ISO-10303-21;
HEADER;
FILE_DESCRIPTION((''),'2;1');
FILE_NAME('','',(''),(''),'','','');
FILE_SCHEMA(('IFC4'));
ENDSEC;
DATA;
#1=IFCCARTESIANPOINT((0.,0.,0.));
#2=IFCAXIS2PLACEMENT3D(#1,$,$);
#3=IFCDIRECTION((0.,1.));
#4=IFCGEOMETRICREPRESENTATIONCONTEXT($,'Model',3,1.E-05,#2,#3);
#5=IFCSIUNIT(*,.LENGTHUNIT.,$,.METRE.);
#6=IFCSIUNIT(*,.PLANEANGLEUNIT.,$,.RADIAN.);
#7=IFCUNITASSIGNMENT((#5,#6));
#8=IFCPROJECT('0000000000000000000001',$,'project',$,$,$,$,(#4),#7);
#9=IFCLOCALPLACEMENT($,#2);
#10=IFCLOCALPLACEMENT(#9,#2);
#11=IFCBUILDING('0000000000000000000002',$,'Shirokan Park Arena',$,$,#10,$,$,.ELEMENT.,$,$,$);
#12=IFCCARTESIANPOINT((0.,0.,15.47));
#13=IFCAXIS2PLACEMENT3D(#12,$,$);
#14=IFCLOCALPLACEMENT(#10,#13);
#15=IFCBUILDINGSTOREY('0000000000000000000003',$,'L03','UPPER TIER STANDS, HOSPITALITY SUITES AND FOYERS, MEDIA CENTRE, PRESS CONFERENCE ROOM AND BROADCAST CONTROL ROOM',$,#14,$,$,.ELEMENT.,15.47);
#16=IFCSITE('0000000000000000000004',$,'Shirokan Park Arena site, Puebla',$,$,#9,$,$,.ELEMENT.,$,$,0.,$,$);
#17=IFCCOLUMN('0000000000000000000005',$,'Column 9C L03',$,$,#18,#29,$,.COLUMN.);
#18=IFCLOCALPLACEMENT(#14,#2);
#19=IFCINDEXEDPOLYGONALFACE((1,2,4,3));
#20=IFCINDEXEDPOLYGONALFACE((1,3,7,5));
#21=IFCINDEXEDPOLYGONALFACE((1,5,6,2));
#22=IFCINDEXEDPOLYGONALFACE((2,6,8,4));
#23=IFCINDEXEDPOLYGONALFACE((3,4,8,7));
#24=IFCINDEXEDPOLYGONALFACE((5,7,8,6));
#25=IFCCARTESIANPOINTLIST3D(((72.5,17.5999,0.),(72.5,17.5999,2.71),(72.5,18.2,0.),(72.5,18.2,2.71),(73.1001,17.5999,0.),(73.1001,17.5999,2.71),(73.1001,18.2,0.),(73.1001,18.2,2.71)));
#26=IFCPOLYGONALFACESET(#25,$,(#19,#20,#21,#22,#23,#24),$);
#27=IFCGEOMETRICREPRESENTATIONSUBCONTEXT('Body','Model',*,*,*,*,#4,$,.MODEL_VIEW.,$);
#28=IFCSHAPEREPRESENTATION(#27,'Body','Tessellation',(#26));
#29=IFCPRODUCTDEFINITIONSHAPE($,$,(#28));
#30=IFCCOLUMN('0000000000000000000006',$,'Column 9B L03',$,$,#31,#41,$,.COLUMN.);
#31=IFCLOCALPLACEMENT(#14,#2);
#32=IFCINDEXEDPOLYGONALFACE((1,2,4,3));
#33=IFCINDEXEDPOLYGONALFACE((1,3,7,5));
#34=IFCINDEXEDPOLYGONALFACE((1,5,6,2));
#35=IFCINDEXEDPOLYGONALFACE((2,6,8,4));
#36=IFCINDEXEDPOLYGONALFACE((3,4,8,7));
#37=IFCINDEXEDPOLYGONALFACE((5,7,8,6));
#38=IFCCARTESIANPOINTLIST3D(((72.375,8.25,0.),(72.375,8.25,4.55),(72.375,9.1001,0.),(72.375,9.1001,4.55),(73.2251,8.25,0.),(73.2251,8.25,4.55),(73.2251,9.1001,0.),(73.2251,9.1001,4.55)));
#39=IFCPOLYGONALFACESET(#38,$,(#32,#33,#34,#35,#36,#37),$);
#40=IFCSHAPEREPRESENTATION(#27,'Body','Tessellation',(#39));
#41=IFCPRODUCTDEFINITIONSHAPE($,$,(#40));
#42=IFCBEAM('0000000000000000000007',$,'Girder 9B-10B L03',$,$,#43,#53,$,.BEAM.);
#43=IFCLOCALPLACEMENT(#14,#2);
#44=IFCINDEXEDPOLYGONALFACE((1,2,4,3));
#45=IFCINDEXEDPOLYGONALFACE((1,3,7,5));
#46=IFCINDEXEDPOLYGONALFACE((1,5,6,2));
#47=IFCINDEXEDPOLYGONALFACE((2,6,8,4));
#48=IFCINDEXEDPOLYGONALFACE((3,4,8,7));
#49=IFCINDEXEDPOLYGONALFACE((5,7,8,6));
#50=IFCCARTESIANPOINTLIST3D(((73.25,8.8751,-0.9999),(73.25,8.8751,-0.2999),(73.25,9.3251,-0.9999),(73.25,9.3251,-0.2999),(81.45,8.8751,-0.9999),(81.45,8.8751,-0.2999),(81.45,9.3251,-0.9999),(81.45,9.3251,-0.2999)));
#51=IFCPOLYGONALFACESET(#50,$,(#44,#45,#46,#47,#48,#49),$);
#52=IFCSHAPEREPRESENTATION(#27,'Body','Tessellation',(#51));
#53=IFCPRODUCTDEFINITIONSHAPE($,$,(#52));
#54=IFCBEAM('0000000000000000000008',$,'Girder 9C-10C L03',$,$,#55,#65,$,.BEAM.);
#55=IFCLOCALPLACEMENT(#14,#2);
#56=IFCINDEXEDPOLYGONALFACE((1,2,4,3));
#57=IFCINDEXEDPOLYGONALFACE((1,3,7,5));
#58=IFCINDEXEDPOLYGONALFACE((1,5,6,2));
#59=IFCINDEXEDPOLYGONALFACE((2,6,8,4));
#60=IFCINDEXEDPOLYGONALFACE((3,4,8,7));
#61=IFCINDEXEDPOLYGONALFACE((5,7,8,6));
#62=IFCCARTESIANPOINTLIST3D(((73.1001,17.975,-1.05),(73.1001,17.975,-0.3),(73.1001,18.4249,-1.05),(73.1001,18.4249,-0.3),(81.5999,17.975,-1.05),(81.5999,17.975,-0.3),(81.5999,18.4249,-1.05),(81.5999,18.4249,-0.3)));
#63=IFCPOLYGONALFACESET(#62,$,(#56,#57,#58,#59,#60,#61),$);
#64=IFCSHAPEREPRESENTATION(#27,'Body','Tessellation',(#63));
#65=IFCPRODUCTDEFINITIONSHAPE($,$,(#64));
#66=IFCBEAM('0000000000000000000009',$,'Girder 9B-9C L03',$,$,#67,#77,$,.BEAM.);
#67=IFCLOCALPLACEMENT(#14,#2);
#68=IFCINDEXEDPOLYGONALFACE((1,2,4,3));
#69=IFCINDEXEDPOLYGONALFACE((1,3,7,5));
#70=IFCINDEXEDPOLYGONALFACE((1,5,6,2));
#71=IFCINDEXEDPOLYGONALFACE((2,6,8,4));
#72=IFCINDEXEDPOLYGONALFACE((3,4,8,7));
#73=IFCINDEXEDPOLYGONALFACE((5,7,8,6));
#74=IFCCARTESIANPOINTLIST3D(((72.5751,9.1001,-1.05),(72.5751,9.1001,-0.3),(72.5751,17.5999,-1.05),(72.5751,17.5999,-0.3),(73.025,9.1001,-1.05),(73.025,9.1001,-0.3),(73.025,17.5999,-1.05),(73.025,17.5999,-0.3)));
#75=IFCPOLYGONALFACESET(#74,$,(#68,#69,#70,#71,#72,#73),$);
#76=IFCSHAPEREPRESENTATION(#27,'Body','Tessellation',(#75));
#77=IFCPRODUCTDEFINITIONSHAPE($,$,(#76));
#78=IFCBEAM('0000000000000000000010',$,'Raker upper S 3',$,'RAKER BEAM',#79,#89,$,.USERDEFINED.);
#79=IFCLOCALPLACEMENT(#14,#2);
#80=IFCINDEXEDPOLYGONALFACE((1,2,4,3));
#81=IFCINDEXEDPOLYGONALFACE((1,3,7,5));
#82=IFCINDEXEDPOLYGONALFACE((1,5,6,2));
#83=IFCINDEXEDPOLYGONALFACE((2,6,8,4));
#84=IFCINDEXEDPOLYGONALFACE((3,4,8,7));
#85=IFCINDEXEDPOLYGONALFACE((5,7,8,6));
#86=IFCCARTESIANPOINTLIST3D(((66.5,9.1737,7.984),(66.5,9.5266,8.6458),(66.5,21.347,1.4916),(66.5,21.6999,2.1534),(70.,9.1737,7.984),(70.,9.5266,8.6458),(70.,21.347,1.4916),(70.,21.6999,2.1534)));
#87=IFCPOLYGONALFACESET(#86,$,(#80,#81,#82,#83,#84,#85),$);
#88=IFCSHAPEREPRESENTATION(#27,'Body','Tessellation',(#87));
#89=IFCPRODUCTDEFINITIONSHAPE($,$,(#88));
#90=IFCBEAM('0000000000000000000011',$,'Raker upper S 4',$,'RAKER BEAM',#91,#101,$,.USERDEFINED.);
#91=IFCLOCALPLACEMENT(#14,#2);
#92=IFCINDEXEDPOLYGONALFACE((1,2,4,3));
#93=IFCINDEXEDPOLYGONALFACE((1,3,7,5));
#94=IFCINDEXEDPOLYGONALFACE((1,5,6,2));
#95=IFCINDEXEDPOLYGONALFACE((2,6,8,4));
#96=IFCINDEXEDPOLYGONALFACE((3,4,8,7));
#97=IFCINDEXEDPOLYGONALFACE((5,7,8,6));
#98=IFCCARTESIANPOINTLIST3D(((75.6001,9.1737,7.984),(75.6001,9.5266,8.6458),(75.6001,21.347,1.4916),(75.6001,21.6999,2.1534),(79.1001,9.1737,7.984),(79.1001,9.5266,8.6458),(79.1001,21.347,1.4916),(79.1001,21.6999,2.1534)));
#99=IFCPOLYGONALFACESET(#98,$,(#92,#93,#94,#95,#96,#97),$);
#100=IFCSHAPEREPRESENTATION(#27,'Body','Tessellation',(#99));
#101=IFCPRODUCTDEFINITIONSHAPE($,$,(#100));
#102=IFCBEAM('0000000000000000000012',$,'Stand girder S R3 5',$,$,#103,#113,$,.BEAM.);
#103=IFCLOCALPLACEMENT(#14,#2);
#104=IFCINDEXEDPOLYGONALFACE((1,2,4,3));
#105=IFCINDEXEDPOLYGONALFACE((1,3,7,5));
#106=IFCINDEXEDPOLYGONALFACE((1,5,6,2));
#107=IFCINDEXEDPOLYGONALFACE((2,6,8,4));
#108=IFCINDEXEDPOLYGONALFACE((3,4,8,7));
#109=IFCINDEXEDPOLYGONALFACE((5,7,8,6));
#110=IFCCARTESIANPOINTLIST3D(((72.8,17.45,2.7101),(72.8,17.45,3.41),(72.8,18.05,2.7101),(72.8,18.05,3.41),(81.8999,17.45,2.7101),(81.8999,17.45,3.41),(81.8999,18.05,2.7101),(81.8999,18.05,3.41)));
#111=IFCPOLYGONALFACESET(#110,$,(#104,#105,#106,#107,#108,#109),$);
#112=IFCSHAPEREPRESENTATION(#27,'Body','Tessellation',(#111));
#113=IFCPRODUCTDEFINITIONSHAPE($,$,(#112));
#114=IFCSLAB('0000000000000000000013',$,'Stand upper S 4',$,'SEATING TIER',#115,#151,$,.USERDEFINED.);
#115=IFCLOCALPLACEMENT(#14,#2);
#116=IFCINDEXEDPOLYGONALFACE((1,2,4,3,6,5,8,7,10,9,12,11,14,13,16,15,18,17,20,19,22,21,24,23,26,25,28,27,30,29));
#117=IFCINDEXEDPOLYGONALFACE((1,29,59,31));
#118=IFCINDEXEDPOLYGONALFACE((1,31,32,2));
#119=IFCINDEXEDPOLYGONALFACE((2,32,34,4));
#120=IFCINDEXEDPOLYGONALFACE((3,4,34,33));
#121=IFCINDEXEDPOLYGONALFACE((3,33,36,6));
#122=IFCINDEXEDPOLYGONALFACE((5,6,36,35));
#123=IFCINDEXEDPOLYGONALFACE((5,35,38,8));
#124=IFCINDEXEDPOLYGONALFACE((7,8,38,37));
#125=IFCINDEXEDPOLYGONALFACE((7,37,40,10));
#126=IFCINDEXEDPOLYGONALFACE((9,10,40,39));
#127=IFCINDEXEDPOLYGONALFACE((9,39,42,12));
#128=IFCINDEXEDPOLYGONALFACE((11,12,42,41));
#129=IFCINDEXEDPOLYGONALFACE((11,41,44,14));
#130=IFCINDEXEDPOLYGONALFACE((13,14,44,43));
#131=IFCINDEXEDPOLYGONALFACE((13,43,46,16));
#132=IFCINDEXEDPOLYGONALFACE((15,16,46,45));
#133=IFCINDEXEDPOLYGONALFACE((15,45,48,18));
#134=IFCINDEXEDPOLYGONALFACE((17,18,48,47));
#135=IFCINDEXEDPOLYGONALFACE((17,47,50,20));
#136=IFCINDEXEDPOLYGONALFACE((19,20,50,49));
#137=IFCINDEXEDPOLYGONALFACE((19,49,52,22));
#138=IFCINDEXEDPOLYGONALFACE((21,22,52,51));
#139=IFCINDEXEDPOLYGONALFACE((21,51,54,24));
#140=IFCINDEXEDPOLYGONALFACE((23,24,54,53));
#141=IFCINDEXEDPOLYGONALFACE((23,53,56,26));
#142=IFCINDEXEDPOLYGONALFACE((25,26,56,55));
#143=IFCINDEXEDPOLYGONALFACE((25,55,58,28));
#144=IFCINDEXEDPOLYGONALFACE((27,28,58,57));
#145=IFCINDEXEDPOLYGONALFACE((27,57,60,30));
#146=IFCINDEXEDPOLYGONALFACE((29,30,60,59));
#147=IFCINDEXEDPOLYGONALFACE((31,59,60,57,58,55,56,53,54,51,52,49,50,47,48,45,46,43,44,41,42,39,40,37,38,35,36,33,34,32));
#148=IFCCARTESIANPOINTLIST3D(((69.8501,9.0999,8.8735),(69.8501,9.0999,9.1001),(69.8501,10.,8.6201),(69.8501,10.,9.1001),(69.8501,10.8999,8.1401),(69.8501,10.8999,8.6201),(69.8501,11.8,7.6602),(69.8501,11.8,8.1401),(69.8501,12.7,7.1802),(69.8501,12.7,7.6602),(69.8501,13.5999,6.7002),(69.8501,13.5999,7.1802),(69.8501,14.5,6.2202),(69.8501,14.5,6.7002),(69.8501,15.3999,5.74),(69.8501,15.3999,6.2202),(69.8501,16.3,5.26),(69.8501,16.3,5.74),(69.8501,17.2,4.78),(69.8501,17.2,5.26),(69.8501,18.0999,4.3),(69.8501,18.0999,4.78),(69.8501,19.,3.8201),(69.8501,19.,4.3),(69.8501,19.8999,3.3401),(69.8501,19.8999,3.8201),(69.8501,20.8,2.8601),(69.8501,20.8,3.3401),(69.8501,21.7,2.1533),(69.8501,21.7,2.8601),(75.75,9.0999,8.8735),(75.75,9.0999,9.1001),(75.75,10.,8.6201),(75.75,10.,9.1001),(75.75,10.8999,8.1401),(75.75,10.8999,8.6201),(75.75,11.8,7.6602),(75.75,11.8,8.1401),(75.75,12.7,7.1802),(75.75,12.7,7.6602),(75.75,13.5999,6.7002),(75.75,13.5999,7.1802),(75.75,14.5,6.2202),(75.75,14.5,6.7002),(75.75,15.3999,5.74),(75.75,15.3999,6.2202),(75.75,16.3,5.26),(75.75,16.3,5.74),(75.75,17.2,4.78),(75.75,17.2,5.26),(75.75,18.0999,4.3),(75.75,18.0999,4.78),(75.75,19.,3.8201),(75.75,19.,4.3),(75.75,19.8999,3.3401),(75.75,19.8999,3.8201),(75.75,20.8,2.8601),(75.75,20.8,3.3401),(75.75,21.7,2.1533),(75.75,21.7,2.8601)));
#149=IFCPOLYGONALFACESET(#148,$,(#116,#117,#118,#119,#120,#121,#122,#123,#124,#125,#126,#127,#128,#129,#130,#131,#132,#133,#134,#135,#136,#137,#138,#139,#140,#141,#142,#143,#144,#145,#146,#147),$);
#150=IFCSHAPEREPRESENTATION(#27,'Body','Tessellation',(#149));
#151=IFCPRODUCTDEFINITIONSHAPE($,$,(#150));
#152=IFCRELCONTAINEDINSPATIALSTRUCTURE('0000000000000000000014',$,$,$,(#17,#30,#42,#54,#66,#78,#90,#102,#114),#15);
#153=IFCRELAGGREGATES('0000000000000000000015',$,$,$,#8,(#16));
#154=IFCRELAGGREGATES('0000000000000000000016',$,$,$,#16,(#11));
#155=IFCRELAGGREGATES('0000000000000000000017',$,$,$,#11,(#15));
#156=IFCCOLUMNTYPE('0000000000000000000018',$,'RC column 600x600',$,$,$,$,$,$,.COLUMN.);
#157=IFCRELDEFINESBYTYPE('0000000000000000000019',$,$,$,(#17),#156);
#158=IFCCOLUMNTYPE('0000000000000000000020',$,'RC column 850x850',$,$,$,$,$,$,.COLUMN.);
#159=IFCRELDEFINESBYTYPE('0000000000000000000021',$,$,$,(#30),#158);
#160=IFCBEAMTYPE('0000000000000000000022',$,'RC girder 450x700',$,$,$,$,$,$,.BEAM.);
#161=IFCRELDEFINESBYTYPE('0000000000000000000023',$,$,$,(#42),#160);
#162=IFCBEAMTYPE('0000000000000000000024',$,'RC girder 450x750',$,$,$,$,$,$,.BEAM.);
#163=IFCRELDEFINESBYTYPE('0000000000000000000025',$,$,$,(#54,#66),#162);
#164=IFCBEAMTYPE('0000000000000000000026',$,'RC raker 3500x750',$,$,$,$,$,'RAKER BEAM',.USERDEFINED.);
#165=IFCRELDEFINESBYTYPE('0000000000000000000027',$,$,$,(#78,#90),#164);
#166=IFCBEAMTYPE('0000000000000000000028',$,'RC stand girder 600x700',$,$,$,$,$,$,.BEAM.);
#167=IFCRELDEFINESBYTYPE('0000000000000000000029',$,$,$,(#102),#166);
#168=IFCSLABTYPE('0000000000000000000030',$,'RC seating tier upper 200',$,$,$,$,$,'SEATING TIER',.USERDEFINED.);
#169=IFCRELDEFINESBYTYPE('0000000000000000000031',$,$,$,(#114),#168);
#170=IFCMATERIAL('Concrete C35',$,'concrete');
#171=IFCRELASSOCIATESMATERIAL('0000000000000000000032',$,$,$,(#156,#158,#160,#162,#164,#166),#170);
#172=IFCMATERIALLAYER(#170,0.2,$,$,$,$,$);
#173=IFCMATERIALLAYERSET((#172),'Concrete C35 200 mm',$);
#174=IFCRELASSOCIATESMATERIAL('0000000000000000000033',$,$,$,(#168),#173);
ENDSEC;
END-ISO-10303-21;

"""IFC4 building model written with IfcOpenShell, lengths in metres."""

from ifc_helpers import new_model, si_unit, direction, frame, origin, origin_2d, place, context, subcontext, project, spatial, polyline, rectangle, outline, extrude, material, layer, layer_set, material_profile, profile_set, type_object, element, save


model = new_model("IFC4")

# Units and contexts
model_context = context("Model", 3, precision=1e-05, world=origin(), true_north=direction((0.0, 1.0)))
body_context = subcontext(model_context, "Body", "Model", "MODEL_VIEW")
ifc_project = project(units=[si_unit("LENGTHUNIT", "METRE"), si_unit("PLANEANGLEUNIT", "RADIAN")], contexts=[model_context])

# Site, building, storey
site_placement = place(None, origin())
site = spatial("IfcSite", under=ifc_project, at=site_placement, Name="Shirokan Park Arena site, Puebla", CompositionType="ELEMENT", RefElevation=0.0)
building_placement = place(site_placement, origin())
building = spatial("IfcBuilding", under=site, at=building_placement, Name="Shirokan Park Arena", CompositionType="ELEMENT")
storey_placement = place(building_placement, frame((0.0, 0.0, 15.47)))
storey = spatial("IfcBuildingStorey", under=building, at=storey_placement, Name="L03", Description="UPPER TIER STANDS, HOSPITALITY SUITES AND FOYERS, MEDIA CENTRE, PRESS CONFERENCE ROOM AND BROADCAST CONTROL ROOM", CompositionType="ELEMENT", Elevation=15.47)

# Columns
ifc_material_1 = material(Name="Concrete C35", Category="concrete")
ifc_material_profile_1 = material_profile(ifc_material_1, rectangle(XDim=0.6001, YDim=0.6001, at=origin_2d()), Name="600x600")
ifc_profile_set_1 = profile_set([ifc_material_profile_1], Name="Concrete C35")
column_type_1 = type_object("IfcColumnType", Name="RC column 600x600", PredefinedType="COLUMN", material=ifc_profile_set_1)
column_1_placement = place(storey_placement, frame((72.8, 17.8999, 0.0), z_axis=(0.0, 0.0, 1.0), x_axis=(1.0, 0.0, 0.0)))
element("IfcColumn", 1, at=column_1_placement, inside=storey, type_object=column_type_1, Name="Column 9C L03", PredefinedType="COLUMN", context=body_context, shape_type="SweptSolid", body=[
    extrude(rectangle(XDim=0.6001, YDim=0.6001, at=origin_2d()), origin(), (0.0, 0.0, 1.0), 2.71),
])
ifc_material_profile_2 = material_profile(ifc_material_1, rectangle(XDim=0.8501, YDim=0.8501, at=origin_2d()), Name="850x850")
ifc_profile_set_2 = profile_set([ifc_material_profile_2], Name="Concrete C35")
column_type_2 = type_object("IfcColumnType", Name="RC column 850x850", PredefinedType="COLUMN", material=ifc_profile_set_2)
column_2_placement = place(storey_placement, frame((72.8, 8.675, 0.0), z_axis=(0.0, 0.0, 1.0), x_axis=(1.0, 0.0, 0.0)))
element("IfcColumn", 2, at=column_2_placement, inside=storey, type_object=column_type_2, Name="Column 9B L03", PredefinedType="COLUMN", context=body_context, shape_type="SweptSolid", body=[
    extrude(rectangle(XDim=0.8501, YDim=0.8501, at=origin_2d()), origin(), (0.0, 0.0, 1.0), 4.55),
])

# Beams
ifc_material_profile_3 = material_profile(ifc_material_1, rectangle(XDim=0.45, YDim=0.7, at=origin_2d()), Name="450x700")
ifc_profile_set_3 = profile_set([ifc_material_profile_3], Name="Concrete C35")
beam_type_1 = type_object("IfcBeamType", Name="RC girder 450x700", PredefinedType="BEAM", material=ifc_profile_set_3)
beam_1_placement = place(storey_placement, frame((73.25, 9.1001, -0.6499), z_axis=(1.0, 0.0, 0.0), x_axis=(0.0, 1.0, 0.0)))
element("IfcBeam", 3, at=beam_1_placement, inside=storey, type_object=beam_type_1, Name="Girder 9B-10B L03", PredefinedType="BEAM", context=body_context, shape_type="SweptSolid", body=[
    extrude(rectangle(XDim=0.45, YDim=0.7, at=origin_2d()), origin(), (0.0, 0.0, 1.0), 8.2),
])
ifc_material_profile_4 = material_profile(ifc_material_1, rectangle(XDim=0.45, YDim=0.75, at=origin_2d()), Name="450x750")
ifc_profile_set_4 = profile_set([ifc_material_profile_4], Name="Concrete C35")
beam_type_2 = type_object("IfcBeamType", Name="RC girder 450x750", PredefinedType="BEAM", material=ifc_profile_set_4)
for number, where, z_axis, x_axis, name in (
    (4, (73.1001, 18.2, -0.675), (1.0, 0.0, 0.0), (0.0, 1.0, 0.0), "Girder 9C-10C L03"),
    (5, (72.8, 9.1001, -0.675), (0.0, 1.0, 0.0), (-1.0, 0.0, 0.0), "Girder 9B-9C L03"),
):
    element("IfcBeam", number, at=place(storey_placement, frame(where, z_axis=z_axis, x_axis=x_axis)), inside=storey, type_object=beam_type_2, Name=name, PredefinedType="BEAM", context=body_context, shape_type="SweptSolid", body=[
        extrude(rectangle(XDim=0.45, YDim=0.75, at=origin_2d()), origin(), (0.0, 0.0, 1.0), 8.4998),
    ])
ifc_material_profile_5 = material_profile(ifc_material_1, rectangle(XDim=3.5, YDim=0.75, at=origin_2d()), Name="3500x750")
ifc_profile_set_5 = profile_set([ifc_material_profile_5], Name="Concrete C35")
beam_type_3 = type_object("IfcBeamType", Name="RC raker 3500x750", ElementType="RAKER BEAM", PredefinedType="USERDEFINED", material=ifc_profile_set_5)
for number, where, z_axis, x_axis, name in (
    (6, (68.25, 21.5234, 1.8225), (0.0, -0.882353, 0.470587), (1.0, 0.0, 0.0), "Raker upper S 3"),
    (7, (77.3501, 21.5234, 1.8225), (0.0, -0.882353, 0.470587), (1.0, 0.0, 0.0), "Raker upper S 4"),
):
    element("IfcBeam", number, at=place(storey_placement, frame(where, z_axis=z_axis, x_axis=x_axis)), inside=storey, type_object=beam_type_3, Name=name, ObjectType="RAKER BEAM", PredefinedType="USERDEFINED", context=body_context, shape_type="SweptSolid", body=[
        extrude(rectangle(XDim=3.5, YDim=0.75, at=origin_2d()), origin(), (0.0, 0.0, 1.0), 13.7964),
    ])
ifc_material_profile_6 = material_profile(ifc_material_1, rectangle(XDim=0.6001, YDim=0.7, at=origin_2d()), Name="600x700")
ifc_profile_set_6 = profile_set([ifc_material_profile_6], Name="Concrete C35")
beam_type_4 = type_object("IfcBeamType", Name="RC stand girder 600x700", PredefinedType="BEAM", material=ifc_profile_set_6)
beam_2_placement = place(storey_placement, frame((72.8, 17.75, 3.0601), z_axis=(1.0, 0.0, 0.0), x_axis=(0.0, 1.0, 0.0)))
element("IfcBeam", 8, at=beam_2_placement, inside=storey, type_object=beam_type_4, Name="Stand girder S R3 5", PredefinedType="BEAM", context=body_context, shape_type="SweptSolid", body=[
    extrude(rectangle(XDim=0.6001, YDim=0.7, at=origin_2d()), origin(), (0.0, 0.0, 1.0), 9.0999),
])

# Slab
ifc_layer_1 = layer(ifc_material_1, 0.2)
ifc_layer_set_1 = layer_set([ifc_layer_1], Name="Concrete C35 200 mm")
slab_type = type_object("IfcSlabType", Name="RC seating tier upper 200", ElementType="SEATING TIER", PredefinedType="USERDEFINED", material=ifc_layer_set_1)
slab_placement = place(storey_placement, frame((72.8, 21.7, 2.8601), z_axis=(0.0, 0.0, 1.0), x_axis=(0.0, -1.0, 0.0)))
element("IfcSlab", 9, at=slab_placement, inside=storey, type_object=slab_type, Name="Stand upper S 4", ObjectType="SEATING TIER", PredefinedType="USERDEFINED", context=body_context, shape_type="SweptSolid", body=[
    extrude(outline(polyline([(0.0, 0.0), (0.8999, 0.0), (0.8999, 0.48), (1.8, 0.48), (1.8, 0.96), (2.7, 0.96), (2.7, 1.4399), (3.6001, 1.4399), (3.6001, 1.9199), (4.5, 1.9199), (4.5, 2.3999), (5.3999, 2.3999), (5.3999, 2.8799), (6.3, 2.8799), (6.3, 3.3601), (7.2, 3.3601), (7.2, 3.8401), (8.1001, 3.8401), (8.1001, 4.3201), (9.0, 4.3201), (9.0, 4.8), (9.8999, 4.8), (9.8999, 5.28), (10.8, 5.28), (10.8, 5.76), (11.7, 5.76), (11.7, 6.24), (12.6001, 6.24), (12.6001, 6.0134), (0.0, -0.7068), (0.0, 0.0)])), frame((0.0, 2.95, 0.0), z_axis=(0.0, -1.0, 0.0), x_axis=(1.0, 0.0, 0.0)), (0.0, 0.0, 1.0), 5.8999),
])

save(model, "model.ifc")
